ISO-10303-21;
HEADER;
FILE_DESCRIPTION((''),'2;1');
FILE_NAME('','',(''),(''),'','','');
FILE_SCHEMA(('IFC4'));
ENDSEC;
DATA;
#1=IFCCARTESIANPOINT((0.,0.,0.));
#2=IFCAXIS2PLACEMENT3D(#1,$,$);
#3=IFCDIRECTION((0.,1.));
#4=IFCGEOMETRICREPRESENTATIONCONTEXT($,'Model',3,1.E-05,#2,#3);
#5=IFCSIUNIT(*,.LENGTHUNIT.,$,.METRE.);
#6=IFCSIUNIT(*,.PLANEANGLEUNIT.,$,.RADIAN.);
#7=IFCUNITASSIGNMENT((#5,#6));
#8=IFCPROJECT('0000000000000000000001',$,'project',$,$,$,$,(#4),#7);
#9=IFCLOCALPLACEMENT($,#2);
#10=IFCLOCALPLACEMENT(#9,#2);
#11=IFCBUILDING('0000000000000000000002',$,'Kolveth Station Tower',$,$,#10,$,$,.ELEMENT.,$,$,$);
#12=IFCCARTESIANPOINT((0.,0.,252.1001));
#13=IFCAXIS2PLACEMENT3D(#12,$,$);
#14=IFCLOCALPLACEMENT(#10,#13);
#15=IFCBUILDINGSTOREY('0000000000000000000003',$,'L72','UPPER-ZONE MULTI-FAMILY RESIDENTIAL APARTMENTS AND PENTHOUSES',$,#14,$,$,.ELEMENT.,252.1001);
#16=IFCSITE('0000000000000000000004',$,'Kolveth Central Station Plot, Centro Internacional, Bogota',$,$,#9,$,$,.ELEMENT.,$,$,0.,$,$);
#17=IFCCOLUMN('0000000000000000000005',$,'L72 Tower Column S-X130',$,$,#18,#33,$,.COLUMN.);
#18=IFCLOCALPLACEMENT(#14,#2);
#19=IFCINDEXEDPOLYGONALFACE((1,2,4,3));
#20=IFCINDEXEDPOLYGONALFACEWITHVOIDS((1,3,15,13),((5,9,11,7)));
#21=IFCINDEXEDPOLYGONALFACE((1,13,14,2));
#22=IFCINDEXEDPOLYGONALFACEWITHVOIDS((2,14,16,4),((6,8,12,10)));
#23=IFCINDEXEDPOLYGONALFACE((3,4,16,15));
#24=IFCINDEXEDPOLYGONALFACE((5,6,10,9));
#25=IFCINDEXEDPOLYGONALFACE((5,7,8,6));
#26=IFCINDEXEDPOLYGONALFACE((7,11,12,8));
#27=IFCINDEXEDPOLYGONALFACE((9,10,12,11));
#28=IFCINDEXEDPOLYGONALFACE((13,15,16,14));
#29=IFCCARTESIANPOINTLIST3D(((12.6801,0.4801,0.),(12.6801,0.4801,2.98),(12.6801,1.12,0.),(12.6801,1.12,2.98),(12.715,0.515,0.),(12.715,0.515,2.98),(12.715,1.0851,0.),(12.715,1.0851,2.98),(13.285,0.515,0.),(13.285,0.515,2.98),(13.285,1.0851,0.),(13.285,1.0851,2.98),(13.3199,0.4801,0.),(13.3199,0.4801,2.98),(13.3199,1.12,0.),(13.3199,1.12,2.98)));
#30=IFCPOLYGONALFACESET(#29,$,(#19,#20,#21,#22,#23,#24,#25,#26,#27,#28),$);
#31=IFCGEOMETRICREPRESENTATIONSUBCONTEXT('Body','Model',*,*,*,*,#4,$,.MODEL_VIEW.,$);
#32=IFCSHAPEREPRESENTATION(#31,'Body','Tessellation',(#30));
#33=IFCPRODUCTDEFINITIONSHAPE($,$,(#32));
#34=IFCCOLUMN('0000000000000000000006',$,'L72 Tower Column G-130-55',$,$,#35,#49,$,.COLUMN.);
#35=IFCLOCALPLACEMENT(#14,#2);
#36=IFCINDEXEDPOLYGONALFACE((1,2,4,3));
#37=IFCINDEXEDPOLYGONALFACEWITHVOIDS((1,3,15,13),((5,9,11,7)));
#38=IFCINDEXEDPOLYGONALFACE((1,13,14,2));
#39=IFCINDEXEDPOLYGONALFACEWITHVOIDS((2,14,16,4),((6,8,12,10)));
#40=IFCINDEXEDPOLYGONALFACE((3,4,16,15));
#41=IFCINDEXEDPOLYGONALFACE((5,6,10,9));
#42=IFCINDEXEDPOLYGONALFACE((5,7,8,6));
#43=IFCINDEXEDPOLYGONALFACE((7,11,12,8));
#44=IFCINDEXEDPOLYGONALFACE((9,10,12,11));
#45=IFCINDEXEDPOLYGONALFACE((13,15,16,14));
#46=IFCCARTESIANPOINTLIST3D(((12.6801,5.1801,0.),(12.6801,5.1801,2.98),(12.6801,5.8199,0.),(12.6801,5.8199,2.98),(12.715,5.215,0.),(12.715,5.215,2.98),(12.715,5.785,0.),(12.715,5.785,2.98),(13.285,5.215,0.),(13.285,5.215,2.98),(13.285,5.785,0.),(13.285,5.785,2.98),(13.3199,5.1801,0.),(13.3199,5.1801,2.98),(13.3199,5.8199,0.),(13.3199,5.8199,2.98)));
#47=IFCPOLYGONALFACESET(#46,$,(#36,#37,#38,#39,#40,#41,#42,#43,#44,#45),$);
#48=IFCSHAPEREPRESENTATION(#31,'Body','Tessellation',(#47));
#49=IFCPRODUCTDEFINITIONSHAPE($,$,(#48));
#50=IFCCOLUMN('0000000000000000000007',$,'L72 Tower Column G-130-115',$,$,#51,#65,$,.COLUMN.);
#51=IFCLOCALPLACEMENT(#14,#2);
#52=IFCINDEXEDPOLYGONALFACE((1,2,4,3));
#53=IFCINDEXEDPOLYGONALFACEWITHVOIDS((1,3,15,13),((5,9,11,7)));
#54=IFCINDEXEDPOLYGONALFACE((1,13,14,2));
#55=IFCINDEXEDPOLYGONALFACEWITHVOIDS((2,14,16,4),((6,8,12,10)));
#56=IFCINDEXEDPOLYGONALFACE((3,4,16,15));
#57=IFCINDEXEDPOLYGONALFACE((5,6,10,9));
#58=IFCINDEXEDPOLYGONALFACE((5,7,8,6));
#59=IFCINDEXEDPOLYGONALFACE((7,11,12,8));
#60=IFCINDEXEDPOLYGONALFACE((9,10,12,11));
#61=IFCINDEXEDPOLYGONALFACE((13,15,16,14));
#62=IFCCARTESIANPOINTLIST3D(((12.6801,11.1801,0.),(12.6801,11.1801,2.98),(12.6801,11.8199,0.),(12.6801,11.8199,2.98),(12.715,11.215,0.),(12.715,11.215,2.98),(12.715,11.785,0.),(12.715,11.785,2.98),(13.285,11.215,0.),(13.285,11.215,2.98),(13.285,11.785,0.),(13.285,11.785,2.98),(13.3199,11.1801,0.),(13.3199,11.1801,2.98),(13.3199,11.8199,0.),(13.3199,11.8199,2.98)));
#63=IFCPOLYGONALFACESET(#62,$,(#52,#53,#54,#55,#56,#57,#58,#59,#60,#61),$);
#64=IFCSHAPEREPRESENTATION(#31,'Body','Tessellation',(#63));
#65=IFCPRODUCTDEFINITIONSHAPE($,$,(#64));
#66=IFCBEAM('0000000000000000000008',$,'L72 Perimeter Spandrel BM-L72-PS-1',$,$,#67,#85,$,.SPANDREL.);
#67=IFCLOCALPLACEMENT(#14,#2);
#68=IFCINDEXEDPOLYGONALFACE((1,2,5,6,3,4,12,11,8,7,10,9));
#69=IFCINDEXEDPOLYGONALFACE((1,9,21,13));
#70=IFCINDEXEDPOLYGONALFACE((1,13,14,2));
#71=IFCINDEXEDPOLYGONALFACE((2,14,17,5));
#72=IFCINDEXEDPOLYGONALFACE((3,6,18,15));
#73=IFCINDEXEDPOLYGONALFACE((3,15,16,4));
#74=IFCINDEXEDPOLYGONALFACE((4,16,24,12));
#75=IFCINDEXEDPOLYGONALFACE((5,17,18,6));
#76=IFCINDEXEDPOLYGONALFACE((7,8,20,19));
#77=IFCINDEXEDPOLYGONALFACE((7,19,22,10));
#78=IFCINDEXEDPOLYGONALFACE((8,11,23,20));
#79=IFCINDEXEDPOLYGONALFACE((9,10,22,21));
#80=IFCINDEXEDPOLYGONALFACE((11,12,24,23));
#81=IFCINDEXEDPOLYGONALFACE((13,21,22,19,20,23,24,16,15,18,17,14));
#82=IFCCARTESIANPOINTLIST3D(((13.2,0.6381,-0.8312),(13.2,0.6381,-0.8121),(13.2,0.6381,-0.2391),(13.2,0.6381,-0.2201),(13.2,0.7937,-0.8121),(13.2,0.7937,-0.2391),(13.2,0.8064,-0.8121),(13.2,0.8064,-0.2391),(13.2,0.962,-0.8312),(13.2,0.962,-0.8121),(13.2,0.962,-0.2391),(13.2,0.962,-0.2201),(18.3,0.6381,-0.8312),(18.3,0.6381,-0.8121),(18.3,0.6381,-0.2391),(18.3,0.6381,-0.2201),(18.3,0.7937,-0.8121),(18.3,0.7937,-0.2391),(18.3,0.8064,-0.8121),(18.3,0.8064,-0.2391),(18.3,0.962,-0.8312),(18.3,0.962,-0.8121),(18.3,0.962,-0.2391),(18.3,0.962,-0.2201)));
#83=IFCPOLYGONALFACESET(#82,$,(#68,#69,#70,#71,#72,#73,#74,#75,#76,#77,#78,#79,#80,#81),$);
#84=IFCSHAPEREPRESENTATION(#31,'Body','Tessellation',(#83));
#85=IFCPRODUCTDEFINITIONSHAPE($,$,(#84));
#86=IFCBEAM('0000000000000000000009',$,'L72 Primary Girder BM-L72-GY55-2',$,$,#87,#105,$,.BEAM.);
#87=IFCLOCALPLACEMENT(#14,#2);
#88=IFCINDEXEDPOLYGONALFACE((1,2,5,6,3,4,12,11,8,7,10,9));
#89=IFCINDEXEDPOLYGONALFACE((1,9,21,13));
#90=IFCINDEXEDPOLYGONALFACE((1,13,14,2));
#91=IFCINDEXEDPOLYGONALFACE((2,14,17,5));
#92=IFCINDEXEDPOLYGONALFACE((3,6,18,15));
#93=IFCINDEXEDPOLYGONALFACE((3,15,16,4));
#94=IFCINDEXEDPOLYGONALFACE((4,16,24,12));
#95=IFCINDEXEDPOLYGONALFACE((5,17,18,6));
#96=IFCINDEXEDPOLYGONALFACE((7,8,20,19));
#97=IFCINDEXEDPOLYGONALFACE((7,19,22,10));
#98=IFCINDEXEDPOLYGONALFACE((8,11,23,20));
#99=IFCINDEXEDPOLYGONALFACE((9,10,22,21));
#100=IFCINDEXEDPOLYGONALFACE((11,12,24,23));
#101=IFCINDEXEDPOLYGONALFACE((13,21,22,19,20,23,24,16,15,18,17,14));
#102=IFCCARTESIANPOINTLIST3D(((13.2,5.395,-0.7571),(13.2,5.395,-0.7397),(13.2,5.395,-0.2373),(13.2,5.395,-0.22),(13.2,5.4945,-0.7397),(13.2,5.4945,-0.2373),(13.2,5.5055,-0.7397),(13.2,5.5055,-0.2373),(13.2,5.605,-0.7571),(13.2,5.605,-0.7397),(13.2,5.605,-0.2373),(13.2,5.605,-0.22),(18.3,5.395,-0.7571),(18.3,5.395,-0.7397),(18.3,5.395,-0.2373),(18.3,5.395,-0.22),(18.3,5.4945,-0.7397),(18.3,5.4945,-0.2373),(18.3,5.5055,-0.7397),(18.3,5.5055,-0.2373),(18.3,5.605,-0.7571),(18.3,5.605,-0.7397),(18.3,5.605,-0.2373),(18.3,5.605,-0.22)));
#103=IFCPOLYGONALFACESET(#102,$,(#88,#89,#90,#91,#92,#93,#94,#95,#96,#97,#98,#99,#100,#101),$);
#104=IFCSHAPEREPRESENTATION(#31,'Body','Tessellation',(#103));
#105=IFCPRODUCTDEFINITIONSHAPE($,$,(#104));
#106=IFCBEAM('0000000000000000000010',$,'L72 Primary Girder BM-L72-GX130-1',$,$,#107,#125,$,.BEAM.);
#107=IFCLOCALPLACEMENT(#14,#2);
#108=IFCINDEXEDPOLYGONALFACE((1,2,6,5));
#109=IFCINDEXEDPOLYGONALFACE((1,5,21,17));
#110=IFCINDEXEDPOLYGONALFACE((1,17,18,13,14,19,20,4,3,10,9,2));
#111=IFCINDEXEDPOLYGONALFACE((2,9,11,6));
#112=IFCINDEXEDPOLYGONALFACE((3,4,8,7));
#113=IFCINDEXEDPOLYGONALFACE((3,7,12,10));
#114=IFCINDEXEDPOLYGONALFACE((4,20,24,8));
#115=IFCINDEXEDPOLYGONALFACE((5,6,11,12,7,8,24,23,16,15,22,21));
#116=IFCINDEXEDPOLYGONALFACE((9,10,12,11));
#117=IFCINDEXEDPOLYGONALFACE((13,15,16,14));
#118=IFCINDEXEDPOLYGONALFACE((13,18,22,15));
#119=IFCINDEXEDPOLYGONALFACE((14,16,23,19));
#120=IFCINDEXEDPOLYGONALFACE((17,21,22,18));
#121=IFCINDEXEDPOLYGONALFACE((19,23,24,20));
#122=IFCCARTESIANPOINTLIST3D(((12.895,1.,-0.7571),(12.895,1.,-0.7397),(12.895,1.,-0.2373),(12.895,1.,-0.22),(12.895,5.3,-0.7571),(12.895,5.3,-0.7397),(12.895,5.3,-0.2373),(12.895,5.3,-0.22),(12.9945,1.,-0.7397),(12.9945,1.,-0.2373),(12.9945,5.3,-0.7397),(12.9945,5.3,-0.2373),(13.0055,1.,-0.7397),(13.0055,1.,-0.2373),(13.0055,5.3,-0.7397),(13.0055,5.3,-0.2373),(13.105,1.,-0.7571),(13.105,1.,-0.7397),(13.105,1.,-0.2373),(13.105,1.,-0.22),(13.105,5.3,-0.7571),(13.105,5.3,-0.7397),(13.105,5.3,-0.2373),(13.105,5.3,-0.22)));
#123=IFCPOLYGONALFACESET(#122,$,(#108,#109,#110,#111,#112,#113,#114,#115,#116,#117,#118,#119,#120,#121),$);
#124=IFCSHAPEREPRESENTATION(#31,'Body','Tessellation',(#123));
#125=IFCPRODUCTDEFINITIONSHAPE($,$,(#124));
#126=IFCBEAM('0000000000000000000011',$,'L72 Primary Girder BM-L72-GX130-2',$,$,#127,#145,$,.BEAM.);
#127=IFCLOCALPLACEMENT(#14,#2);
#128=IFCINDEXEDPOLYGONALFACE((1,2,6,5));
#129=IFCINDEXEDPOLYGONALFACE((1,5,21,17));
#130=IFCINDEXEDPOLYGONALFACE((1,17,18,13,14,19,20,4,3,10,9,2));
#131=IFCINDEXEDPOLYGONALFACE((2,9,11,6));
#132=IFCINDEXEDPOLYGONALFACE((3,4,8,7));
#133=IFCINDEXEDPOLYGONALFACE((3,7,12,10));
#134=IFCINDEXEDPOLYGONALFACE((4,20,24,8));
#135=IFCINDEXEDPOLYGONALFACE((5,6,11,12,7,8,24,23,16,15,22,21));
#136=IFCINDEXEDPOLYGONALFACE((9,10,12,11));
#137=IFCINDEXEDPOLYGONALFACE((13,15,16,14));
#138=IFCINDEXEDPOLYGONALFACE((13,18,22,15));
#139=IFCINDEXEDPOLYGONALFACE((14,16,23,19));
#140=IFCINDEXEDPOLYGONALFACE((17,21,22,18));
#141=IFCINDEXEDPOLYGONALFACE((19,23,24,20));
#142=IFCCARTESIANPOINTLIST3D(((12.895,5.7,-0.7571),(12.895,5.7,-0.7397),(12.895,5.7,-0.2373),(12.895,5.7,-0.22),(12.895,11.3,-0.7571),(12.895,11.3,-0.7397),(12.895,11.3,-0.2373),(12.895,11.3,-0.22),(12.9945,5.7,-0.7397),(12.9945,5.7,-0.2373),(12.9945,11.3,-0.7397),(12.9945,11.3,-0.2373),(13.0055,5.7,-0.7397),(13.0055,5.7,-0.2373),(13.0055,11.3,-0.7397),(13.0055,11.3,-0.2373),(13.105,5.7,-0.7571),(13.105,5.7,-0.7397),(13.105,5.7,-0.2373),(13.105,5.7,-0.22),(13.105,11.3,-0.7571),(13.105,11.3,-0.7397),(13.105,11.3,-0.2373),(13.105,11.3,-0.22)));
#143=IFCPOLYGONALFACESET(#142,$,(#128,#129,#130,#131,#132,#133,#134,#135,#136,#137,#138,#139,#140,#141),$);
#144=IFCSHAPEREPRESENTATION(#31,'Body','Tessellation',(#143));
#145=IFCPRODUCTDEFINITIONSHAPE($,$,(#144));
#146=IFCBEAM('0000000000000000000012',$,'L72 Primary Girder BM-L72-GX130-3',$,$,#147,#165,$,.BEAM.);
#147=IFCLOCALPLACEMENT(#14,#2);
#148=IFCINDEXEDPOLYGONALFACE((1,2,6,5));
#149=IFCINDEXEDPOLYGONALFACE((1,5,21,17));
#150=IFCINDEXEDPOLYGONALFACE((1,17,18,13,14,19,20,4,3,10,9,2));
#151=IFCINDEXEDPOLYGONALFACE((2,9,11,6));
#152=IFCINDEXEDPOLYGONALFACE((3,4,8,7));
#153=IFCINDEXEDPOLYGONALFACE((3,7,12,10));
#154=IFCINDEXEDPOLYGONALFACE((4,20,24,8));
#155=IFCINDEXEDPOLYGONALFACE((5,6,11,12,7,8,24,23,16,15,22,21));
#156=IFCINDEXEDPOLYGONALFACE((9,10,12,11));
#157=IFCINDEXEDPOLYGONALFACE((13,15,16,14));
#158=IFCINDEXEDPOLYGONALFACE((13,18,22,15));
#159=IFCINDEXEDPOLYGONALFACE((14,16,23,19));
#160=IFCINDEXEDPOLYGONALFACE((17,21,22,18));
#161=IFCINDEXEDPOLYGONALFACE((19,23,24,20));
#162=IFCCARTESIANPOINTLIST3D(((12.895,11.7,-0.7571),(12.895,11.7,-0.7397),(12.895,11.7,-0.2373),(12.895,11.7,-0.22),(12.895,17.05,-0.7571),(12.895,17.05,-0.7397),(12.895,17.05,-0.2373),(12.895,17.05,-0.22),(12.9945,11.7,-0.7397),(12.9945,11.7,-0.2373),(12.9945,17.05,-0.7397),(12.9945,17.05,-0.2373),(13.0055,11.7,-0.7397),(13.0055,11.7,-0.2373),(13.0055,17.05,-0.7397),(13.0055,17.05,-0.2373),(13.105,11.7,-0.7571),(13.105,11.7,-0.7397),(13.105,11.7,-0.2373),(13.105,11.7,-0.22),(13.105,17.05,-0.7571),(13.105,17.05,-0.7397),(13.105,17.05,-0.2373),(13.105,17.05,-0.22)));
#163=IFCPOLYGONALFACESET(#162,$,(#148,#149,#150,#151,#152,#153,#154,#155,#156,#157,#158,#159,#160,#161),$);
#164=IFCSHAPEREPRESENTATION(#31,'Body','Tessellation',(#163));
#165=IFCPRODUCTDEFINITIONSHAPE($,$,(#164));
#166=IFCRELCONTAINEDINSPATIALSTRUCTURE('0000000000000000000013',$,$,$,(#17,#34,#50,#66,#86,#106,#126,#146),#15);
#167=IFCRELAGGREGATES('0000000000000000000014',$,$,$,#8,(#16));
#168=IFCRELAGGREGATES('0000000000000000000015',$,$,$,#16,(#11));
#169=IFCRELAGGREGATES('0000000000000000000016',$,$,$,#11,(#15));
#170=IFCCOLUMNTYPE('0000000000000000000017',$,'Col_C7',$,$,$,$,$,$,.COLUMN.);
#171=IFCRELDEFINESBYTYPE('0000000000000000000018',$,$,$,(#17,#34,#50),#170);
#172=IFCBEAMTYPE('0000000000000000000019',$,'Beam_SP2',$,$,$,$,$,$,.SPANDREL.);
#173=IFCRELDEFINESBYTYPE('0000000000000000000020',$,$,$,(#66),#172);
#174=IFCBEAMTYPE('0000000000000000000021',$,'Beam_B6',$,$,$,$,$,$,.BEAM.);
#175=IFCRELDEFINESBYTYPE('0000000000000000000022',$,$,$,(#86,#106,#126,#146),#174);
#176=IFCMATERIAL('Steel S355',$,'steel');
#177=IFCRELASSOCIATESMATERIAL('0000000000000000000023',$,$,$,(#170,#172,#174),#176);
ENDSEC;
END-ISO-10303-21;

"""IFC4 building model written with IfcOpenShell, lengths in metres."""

from ifc_helpers import new_model, si_unit, direction, frame, origin, origin_2d, place, context, subcontext, project, spatial, hollow_rectangle, i_section, extrude, source, transform, mapped, material, material_profile, profile_set, type_object, element, save


model = new_model("IFC4")

# Units and contexts
model_context = context("Model", 3, precision=1e-05, world=origin(), true_north=direction((0.0, 1.0)))
body_context = subcontext(model_context, "Body", "Model", "MODEL_VIEW")
ifc_project = project(units=[si_unit("LENGTHUNIT", "METRE"), si_unit("PLANEANGLEUNIT", "RADIAN")], contexts=[model_context])

# Site, building, storey
site_placement = place(None, origin())
site = spatial("IfcSite", under=ifc_project, at=site_placement, Name="Kolveth Central Station Plot, Centro Internacional, Bogota", CompositionType="ELEMENT", RefElevation=0.0)
building_placement = place(site_placement, origin())
building = spatial("IfcBuilding", under=site, at=building_placement, Name="Kolveth Station Tower", CompositionType="ELEMENT")
storey_placement = place(building_placement, frame((0.0, 0.0, 252.1001)))
storey = spatial("IfcBuildingStorey", under=building, at=storey_placement, Name="L72", Description="UPPER-ZONE MULTI-FAMILY RESIDENTIAL APARTMENTS AND PENTHOUSES", CompositionType="ELEMENT", Elevation=252.1001)

# Columns
ifc_material_1 = material(Name="Steel S355", Category="steel")
ifc_material_profile_1 = material_profile(ifc_material_1, hollow_rectangle(XDim=0.6399, YDim=0.6399, WallThickness=0.0349, at=origin_2d()), Name="BOX640x640x35")
ifc_profile_set_1 = profile_set([ifc_material_profile_1], Name="Steel S355")
column_type = type_object("IfcColumnType", Name="Col_C7", PredefinedType="COLUMN", material=ifc_profile_set_1)
shared_shape_1 = source(origin(), body_context, "Body", "SweptSolid", [
    extrude(hollow_rectangle(XDim=0.6399, YDim=0.6399, WallThickness=0.0349, at=origin_2d()), origin(), (0.0, 0.0, 1.0), 2.98),
])
for number, where, z_axis, x_axis, name in (
    (1, (13.0, 0.8, 0.0), (0.0, 0.0, 1.0), (1.0, 0.0, 0.0), "L72 Tower Column S-X130"),
    (2, (13.0, 5.5, 0.0), (0.0, 0.0, 1.0), (1.0, 0.0, 0.0), "L72 Tower Column G-130-55"),
    (3, (13.0, 11.5, 0.0), (0.0, 0.0, 1.0), (1.0, 0.0, 0.0), "L72 Tower Column G-130-115"),
):
    element("IfcColumn", number, at=place(storey_placement, frame(where, z_axis=z_axis, x_axis=x_axis)), inside=storey, type_object=column_type, Name=name, PredefinedType="COLUMN", context=body_context, shape_type="MappedRepresentation", body=[
        mapped(shared_shape_1, transform((0.0, 0.0, 0.0), x_axis=(1.0, 0.0, 0.0), y_axis=(0.0, 1.0, 0.0), z_axis=(0.0, 0.0, 1.0), scale=1.0)),
    ])

# Beams
ifc_material_profile_2 = material_profile(ifc_material_1, i_section(OverallWidth=0.324, OverallDepth=0.6111, WebThickness=0.0127, FlangeThickness=0.019, at=origin_2d()), Name="W610x155")
ifc_profile_set_2 = profile_set([ifc_material_profile_2], Name="Steel S355")
beam_type_1 = type_object("IfcBeamType", Name="Beam_SP2", PredefinedType="SPANDREL", material=ifc_profile_set_2)
shared_shape_2 = source(origin(), body_context, "Body", "SweptSolid", [
    extrude(i_section(OverallWidth=0.324, OverallDepth=0.6111, WebThickness=0.0127, FlangeThickness=0.019, at=origin_2d()), origin(), (0.0, 0.0, 1.0), 5.1001),
])
beam_1_placement = place(storey_placement, frame((13.2, 0.8, -0.5256), z_axis=(1.0, 0.0, 0.0), x_axis=(0.0, 1.0, 0.0)))
element("IfcBeam", 4, at=beam_1_placement, inside=storey, type_object=beam_type_1, Name="L72 Perimeter Spandrel BM-L72-PS-1", PredefinedType="SPANDREL", context=body_context, shape_type="MappedRepresentation", body=[
    mapped(shared_shape_2, transform((0.0, 0.0, 0.0), x_axis=(1.0, 0.0, 0.0), y_axis=(0.0, 1.0, 0.0), z_axis=(0.0, 0.0, 1.0), scale=1.0)),
])
ifc_material_profile_3 = material_profile(ifc_material_1, i_section(OverallWidth=0.21, OverallDepth=0.5371, WebThickness=0.011, FlangeThickness=0.0173, at=origin_2d()), Name="W530x101")
ifc_profile_set_3 = profile_set([ifc_material_profile_3], Name="Steel S355")
beam_type_2 = type_object("IfcBeamType", Name="Beam_B6", PredefinedType="BEAM", material=ifc_profile_set_3)
shared_shape_3 = source(origin(), body_context, "Body", "SweptSolid", [
    extrude(i_section(OverallWidth=0.21, OverallDepth=0.5371, WebThickness=0.011, FlangeThickness=0.0173, at=origin_2d()), origin(), (0.0, 0.0, 1.0), 5.1001),
])
beam_2_placement = place(storey_placement, frame((13.2, 5.5, -0.4885), z_axis=(1.0, 0.0, 0.0), x_axis=(0.0, 1.0, 0.0)))
element("IfcBeam", 5, at=beam_2_placement, inside=storey, type_object=beam_type_2, Name="L72 Primary Girder BM-L72-GY55-2", PredefinedType="BEAM", context=body_context, shape_type="MappedRepresentation", body=[
    mapped(shared_shape_3, transform((0.0, 0.0, 0.0), x_axis=(1.0, 0.0, 0.0), y_axis=(0.0, 1.0, 0.0), z_axis=(0.0, 0.0, 1.0), scale=1.0)),
])
shared_shape_4 = source(origin(), body_context, "Body", "SweptSolid", [
    extrude(i_section(OverallWidth=0.21, OverallDepth=0.5371, WebThickness=0.011, FlangeThickness=0.0173, at=origin_2d()), origin(), (0.0, 0.0, 1.0), 4.3),
])
beam_3_placement = place(storey_placement, frame((13.0, 1.0, -0.4885), z_axis=(0.0, 1.0, 0.0), x_axis=(-1.0, 0.0, 0.0)))
element("IfcBeam", 6, at=beam_3_placement, inside=storey, type_object=beam_type_2, Name="L72 Primary Girder BM-L72-GX130-1", PredefinedType="BEAM", context=body_context, shape_type="MappedRepresentation", body=[
    mapped(shared_shape_4, transform((0.0, 0.0, 0.0), x_axis=(1.0, 0.0, 0.0), y_axis=(0.0, 1.0, 0.0), z_axis=(0.0, 0.0, 1.0), scale=1.0)),
])
shared_shape_5 = source(origin(), body_context, "Body", "SweptSolid", [
    extrude(i_section(OverallWidth=0.21, OverallDepth=0.5371, WebThickness=0.011, FlangeThickness=0.0173, at=origin_2d()), origin(), (0.0, 0.0, 1.0), 5.6001),
])
beam_4_placement = place(storey_placement, frame((13.0, 5.7, -0.4885), z_axis=(0.0, 1.0, 0.0), x_axis=(-1.0, 0.0, 0.0)))
element("IfcBeam", 7, at=beam_4_placement, inside=storey, type_object=beam_type_2, Name="L72 Primary Girder BM-L72-GX130-2", PredefinedType="BEAM", context=body_context, shape_type="MappedRepresentation", body=[
    mapped(shared_shape_5, transform((0.0, 0.0, 0.0), x_axis=(1.0, 0.0, 0.0), y_axis=(0.0, 1.0, 0.0), z_axis=(0.0, 0.0, 1.0), scale=1.0)),
])
shared_shape_6 = source(origin(), body_context, "Body", "SweptSolid", [
    extrude(i_section(OverallWidth=0.21, OverallDepth=0.5371, WebThickness=0.011, FlangeThickness=0.0173, at=origin_2d()), origin(), (0.0, 0.0, 1.0), 5.3501),
])
beam_5_placement = place(storey_placement, frame((13.0, 11.7, -0.4885), z_axis=(0.0, 1.0, 0.0), x_axis=(-1.0, 0.0, 0.0)))
element("IfcBeam", 8, at=beam_5_placement, inside=storey, type_object=beam_type_2, Name="L72 Primary Girder BM-L72-GX130-3", PredefinedType="BEAM", context=body_context, shape_type="MappedRepresentation", body=[
    mapped(shared_shape_6, transform((0.0, 0.0, 0.0), x_axis=(1.0, 0.0, 0.0), y_axis=(0.0, 1.0, 0.0), z_axis=(0.0, 0.0, 1.0), scale=1.0)),
])

save(model, "model.ifc")
